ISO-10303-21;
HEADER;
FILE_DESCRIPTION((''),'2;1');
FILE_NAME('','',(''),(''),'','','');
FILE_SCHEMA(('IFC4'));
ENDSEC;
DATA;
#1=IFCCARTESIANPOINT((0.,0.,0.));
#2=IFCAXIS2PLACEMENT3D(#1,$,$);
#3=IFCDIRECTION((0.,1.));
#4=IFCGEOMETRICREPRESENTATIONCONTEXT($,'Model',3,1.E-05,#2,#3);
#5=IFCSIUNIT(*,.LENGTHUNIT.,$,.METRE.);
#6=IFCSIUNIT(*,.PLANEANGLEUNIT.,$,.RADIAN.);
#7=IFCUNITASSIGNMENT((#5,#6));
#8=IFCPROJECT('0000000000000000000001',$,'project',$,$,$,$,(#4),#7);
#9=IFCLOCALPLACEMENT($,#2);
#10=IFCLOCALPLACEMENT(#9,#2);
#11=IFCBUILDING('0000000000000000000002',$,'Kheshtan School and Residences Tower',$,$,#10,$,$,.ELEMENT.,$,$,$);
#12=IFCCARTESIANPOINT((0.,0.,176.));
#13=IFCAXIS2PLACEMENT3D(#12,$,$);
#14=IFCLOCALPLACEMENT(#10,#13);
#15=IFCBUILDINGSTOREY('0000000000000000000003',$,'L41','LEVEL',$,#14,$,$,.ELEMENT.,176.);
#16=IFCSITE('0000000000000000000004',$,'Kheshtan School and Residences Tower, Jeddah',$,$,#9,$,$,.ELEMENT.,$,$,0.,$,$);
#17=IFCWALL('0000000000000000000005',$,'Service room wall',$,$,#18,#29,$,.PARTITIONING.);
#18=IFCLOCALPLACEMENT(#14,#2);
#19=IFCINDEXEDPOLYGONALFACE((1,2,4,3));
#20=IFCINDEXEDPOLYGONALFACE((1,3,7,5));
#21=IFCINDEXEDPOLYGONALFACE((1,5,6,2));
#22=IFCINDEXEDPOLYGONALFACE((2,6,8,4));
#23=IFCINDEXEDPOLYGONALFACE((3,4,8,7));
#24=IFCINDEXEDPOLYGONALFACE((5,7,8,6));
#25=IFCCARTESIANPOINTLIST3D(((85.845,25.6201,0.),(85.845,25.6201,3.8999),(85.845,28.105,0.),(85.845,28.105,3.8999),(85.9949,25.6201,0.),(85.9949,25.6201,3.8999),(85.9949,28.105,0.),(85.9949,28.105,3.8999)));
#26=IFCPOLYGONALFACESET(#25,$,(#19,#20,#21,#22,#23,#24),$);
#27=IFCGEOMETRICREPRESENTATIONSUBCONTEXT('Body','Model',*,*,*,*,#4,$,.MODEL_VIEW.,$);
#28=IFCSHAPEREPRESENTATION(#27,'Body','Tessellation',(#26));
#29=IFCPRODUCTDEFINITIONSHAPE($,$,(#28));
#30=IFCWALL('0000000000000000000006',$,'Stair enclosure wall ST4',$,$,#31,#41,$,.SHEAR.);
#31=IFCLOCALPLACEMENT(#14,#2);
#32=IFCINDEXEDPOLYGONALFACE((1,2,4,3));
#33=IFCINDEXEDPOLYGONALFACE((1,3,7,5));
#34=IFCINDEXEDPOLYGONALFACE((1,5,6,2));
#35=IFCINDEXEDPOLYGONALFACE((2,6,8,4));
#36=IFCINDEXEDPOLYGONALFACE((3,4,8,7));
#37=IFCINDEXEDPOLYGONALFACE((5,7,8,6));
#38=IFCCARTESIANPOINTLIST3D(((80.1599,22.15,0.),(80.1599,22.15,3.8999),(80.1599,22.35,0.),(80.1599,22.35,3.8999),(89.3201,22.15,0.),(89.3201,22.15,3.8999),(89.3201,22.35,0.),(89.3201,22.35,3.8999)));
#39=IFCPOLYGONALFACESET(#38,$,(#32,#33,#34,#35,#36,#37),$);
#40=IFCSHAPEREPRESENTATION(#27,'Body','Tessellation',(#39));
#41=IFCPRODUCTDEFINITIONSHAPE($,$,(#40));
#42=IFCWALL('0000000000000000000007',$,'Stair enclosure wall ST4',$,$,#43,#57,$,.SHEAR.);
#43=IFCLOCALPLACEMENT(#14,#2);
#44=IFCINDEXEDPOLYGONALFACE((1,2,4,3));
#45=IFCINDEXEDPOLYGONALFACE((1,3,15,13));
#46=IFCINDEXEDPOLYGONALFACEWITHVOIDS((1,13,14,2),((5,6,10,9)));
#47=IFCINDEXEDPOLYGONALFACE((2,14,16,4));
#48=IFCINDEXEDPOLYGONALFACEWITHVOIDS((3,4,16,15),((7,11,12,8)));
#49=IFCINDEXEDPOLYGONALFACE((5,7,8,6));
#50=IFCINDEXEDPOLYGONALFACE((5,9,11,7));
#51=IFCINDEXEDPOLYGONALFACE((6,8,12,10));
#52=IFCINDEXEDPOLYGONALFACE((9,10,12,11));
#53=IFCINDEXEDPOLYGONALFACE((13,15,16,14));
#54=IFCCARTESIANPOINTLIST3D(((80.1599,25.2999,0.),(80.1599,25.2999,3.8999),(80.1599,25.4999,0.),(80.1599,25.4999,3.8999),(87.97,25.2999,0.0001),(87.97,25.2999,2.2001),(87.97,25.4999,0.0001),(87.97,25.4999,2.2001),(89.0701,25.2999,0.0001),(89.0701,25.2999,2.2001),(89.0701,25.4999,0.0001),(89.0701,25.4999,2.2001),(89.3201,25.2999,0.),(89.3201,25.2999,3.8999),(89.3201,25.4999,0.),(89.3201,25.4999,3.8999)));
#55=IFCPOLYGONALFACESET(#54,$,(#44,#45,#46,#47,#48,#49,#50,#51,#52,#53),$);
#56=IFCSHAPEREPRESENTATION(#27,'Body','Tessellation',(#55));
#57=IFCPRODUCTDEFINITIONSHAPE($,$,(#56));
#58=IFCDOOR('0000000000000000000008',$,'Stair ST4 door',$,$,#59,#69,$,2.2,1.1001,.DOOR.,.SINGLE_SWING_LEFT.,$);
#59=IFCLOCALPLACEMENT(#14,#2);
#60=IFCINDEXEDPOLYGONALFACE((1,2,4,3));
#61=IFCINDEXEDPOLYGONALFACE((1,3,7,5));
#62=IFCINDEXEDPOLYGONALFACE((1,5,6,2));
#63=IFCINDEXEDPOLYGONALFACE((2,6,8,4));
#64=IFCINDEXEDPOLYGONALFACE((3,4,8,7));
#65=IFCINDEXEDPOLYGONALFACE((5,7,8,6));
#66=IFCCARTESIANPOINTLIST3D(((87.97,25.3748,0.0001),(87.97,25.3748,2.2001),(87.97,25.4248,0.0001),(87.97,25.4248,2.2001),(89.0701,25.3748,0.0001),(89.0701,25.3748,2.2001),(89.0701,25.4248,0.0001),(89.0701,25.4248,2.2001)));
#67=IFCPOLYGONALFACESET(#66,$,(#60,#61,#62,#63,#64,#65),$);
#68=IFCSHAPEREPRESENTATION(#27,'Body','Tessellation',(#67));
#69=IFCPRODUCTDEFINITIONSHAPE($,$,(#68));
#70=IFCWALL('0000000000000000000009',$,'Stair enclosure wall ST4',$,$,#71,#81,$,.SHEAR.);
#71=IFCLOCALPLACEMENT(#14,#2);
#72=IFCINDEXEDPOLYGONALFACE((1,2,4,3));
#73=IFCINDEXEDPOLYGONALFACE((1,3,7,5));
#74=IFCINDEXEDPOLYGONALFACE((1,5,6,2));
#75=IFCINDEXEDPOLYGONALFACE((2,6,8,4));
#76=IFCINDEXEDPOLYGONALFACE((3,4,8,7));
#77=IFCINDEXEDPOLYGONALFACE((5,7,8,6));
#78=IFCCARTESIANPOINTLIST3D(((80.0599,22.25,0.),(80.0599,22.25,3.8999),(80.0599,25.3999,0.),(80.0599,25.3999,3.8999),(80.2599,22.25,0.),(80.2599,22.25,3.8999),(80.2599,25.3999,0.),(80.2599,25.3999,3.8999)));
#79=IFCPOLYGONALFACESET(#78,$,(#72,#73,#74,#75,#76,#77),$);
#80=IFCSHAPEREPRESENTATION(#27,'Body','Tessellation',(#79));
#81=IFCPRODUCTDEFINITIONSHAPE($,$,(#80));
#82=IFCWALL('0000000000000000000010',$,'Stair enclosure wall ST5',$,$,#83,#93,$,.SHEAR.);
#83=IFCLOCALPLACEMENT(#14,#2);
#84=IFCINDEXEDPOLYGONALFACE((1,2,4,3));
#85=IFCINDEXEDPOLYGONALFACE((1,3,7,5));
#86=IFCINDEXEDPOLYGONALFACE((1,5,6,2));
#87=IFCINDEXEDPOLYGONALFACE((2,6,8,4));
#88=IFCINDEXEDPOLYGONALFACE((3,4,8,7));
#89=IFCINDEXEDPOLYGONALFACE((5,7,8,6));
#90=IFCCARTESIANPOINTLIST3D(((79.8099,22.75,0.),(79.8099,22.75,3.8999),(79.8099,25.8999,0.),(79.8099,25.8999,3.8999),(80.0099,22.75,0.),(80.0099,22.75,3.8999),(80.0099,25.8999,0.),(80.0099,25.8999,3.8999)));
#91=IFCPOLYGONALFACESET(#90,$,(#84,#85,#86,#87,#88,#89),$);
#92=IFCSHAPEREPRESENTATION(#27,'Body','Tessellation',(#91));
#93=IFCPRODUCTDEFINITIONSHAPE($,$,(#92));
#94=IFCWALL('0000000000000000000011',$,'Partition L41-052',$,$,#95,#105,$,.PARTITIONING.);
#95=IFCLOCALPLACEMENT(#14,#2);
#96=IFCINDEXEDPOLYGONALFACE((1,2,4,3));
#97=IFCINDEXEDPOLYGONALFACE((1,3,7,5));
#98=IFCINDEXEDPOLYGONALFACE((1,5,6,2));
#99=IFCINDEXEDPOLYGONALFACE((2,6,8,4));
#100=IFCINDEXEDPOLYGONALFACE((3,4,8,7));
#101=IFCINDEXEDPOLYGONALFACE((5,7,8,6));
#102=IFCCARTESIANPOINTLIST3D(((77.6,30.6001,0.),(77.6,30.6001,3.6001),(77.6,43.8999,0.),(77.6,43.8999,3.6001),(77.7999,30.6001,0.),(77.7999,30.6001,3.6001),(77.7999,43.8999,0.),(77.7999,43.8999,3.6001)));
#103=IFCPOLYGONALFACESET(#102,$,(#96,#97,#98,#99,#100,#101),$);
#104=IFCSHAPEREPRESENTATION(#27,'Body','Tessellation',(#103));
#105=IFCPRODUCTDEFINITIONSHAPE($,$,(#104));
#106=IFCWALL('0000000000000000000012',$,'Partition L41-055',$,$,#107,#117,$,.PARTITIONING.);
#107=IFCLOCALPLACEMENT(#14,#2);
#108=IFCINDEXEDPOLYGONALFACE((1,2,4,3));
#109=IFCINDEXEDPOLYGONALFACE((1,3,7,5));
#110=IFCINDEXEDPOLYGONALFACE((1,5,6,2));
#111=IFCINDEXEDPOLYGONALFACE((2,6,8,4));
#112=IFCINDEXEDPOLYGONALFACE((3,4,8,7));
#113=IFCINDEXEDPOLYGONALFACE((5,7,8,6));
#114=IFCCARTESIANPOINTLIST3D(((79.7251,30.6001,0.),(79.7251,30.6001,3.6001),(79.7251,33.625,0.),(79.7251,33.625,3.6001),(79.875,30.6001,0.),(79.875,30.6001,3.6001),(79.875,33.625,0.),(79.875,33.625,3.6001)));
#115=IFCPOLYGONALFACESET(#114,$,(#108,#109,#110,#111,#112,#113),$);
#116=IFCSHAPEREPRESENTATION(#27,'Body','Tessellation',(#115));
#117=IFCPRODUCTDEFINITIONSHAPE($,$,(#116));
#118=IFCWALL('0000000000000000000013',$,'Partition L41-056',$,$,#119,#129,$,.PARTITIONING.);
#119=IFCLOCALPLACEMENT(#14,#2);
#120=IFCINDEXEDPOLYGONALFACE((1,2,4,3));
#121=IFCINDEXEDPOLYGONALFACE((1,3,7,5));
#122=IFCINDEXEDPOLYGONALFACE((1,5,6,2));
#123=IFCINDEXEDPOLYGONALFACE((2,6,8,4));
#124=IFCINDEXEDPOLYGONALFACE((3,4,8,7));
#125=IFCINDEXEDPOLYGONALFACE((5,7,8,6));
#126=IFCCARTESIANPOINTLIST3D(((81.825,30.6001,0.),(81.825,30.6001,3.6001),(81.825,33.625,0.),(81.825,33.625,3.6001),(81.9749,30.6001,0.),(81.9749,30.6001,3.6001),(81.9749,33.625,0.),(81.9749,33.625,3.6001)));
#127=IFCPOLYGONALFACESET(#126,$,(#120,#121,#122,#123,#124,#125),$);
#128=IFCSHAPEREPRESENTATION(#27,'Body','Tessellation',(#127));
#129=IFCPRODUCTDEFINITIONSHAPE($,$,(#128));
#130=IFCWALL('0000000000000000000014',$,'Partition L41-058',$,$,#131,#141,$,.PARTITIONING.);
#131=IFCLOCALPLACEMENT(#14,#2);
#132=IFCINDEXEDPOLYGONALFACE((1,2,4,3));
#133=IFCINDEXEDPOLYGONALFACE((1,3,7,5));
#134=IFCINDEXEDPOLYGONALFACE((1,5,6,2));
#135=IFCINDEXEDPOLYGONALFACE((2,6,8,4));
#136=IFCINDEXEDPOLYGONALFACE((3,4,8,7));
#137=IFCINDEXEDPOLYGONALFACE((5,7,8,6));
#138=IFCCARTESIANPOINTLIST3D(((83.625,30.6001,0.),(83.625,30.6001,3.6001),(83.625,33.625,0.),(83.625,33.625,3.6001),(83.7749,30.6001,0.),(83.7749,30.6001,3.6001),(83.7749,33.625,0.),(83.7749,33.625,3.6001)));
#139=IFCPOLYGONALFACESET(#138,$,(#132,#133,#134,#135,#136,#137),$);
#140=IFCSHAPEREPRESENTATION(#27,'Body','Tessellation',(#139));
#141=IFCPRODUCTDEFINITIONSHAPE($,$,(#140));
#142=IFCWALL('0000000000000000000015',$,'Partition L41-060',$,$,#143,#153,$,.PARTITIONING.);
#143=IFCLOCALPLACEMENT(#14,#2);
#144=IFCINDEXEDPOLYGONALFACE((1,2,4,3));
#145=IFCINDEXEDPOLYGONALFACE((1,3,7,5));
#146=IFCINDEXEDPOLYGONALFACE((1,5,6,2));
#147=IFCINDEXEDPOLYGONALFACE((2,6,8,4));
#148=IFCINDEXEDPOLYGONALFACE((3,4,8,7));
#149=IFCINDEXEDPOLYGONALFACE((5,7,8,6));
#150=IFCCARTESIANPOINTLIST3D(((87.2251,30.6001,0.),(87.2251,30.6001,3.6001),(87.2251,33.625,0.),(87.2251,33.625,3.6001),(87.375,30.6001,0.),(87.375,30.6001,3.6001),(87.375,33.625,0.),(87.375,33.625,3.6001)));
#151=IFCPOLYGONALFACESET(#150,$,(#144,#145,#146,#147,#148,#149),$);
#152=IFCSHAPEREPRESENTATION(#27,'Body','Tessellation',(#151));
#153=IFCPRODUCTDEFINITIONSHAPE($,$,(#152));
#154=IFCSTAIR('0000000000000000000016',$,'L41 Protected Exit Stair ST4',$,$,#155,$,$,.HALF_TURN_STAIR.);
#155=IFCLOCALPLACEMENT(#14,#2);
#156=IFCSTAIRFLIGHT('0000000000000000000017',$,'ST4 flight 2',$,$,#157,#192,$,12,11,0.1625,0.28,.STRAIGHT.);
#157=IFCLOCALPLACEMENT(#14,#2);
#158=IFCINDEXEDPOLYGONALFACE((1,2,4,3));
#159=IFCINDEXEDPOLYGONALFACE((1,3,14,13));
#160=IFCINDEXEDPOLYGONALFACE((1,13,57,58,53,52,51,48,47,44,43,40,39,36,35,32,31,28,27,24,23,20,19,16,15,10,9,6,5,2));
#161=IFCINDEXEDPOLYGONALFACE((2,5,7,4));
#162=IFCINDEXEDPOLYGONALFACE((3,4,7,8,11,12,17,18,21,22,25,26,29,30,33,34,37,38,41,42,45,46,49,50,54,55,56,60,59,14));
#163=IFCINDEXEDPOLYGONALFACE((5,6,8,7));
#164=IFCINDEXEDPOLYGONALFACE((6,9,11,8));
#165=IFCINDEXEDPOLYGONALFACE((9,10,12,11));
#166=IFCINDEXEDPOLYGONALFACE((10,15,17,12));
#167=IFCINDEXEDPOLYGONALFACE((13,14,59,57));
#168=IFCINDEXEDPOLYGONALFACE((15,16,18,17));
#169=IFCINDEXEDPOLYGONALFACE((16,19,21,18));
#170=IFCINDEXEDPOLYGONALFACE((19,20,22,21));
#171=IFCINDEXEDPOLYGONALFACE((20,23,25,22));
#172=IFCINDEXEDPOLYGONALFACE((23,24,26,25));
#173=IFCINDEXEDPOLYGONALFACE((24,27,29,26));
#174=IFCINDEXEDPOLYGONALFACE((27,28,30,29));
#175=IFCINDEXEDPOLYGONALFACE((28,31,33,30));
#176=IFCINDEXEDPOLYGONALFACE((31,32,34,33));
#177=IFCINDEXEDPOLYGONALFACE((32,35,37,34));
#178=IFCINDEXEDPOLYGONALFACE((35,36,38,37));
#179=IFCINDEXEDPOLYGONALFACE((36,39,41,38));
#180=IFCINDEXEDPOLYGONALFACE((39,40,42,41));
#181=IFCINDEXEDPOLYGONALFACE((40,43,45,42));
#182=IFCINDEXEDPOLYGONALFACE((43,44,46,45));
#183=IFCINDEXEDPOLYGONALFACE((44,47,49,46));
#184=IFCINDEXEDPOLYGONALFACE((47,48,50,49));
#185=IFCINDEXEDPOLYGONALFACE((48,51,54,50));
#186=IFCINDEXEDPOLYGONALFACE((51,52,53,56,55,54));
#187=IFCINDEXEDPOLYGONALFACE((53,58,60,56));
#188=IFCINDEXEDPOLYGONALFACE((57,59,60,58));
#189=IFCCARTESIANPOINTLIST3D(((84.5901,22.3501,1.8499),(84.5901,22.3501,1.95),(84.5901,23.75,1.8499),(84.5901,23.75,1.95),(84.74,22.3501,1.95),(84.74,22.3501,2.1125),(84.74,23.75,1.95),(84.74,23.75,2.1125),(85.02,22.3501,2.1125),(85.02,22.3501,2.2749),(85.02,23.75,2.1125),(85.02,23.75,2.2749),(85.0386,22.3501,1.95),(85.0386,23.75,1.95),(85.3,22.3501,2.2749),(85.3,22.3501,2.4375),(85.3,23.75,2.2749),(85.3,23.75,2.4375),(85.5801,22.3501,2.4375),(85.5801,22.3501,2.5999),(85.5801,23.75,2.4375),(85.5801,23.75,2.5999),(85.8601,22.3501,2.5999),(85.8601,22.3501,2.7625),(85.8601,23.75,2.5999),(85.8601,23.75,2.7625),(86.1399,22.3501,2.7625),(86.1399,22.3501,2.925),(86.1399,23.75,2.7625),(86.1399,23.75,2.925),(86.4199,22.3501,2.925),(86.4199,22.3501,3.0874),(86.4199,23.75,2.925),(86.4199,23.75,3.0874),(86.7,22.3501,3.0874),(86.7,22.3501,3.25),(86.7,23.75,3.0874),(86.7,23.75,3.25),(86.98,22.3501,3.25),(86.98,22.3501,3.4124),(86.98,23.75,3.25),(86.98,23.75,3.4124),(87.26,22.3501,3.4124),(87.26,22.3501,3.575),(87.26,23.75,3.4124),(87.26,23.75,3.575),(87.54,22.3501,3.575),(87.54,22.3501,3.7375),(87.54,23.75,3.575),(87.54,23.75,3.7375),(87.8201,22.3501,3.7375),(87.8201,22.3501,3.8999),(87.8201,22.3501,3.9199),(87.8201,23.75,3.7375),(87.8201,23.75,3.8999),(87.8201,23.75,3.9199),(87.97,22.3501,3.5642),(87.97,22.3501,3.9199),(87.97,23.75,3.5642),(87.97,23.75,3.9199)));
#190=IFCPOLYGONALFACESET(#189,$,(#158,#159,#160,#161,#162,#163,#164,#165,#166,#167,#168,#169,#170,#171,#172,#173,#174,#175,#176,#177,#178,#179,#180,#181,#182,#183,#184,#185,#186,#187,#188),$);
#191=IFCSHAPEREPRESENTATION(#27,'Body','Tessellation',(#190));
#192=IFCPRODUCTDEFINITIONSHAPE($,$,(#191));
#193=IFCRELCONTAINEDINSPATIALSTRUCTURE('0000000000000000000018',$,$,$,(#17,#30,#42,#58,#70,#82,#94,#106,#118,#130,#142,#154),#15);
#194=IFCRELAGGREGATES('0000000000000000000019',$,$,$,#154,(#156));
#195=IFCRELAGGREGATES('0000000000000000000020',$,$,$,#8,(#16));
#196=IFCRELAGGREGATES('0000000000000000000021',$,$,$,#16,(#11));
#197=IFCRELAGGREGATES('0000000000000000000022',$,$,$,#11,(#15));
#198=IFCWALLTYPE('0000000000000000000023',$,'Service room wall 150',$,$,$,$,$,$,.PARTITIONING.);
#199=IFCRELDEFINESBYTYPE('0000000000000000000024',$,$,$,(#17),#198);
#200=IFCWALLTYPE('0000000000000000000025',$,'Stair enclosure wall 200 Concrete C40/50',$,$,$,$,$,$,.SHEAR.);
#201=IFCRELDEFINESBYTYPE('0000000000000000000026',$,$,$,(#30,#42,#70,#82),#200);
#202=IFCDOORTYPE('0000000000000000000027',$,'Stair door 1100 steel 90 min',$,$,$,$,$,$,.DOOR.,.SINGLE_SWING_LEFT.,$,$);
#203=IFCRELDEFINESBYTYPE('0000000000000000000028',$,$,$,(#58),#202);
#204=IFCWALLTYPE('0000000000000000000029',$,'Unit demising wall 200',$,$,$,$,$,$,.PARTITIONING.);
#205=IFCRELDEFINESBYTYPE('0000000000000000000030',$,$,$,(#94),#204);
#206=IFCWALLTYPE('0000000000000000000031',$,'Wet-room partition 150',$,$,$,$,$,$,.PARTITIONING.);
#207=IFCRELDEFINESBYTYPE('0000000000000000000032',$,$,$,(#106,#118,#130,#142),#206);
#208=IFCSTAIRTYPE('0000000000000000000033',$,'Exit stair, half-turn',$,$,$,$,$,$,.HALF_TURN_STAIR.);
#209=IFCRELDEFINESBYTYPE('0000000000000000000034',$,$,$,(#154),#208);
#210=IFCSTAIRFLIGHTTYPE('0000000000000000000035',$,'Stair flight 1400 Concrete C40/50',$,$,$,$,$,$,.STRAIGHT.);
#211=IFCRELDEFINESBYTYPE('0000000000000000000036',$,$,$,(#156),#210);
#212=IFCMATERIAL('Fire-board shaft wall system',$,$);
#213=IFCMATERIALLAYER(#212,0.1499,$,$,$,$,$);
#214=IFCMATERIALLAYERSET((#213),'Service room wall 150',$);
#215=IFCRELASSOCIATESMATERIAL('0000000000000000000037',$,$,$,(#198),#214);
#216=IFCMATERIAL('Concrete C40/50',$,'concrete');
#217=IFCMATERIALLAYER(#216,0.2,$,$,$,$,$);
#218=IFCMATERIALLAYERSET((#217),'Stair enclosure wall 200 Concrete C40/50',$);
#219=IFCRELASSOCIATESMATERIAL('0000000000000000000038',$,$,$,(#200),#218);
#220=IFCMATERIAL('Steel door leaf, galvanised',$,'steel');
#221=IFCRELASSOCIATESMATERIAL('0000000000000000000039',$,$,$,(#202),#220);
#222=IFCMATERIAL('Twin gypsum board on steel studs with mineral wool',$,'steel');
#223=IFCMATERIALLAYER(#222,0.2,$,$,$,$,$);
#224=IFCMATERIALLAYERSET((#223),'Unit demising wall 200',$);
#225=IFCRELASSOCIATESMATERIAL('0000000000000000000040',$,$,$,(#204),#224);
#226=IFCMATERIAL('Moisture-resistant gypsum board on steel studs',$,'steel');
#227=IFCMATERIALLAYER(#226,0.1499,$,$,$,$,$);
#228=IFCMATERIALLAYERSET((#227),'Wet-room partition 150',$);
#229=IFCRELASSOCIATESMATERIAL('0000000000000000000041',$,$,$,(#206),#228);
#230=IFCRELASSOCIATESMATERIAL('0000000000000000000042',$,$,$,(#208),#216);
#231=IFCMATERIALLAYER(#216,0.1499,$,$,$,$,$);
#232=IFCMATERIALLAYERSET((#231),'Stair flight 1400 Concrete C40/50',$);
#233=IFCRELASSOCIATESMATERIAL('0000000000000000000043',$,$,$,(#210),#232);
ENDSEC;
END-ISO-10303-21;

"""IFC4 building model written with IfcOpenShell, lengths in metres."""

from ifc_helpers import new_model, si_unit, direction, frame, frame_2d, origin, place, context, subcontext, project, spatial, polyline, rectangle, outline, extrude, source, transform, mapped, material, layer, layer_set, type_object, element, fill, aggregate, save


model = new_model("IFC4")

# Units and contexts
model_context = context("Model", 3, precision=1e-05, world=origin(), true_north=direction((0.0, 1.0)))
body_context = subcontext(model_context, "Body", "Model", "MODEL_VIEW")
ifc_project = project(units=[si_unit("LENGTHUNIT", "METRE"), si_unit("PLANEANGLEUNIT", "RADIAN")], contexts=[model_context])

# Site, building, storey
site_placement = place(None, origin())
site = spatial("IfcSite", under=ifc_project, at=site_placement, Name="Kheshtan School and Residences Tower, Jeddah", CompositionType="ELEMENT", RefElevation=0.0)
building_placement = place(site_placement, origin())
building = spatial("IfcBuilding", under=site, at=building_placement, Name="Kheshtan School and Residences Tower", CompositionType="ELEMENT")
storey_placement = place(building_placement, frame((0.0, 0.0, 176.0)))
storey = spatial("IfcBuildingStorey", under=building, at=storey_placement, Name="L41", Description="LEVEL", CompositionType="ELEMENT", Elevation=176.0)

# Shared definitions
ifc_material_1 = material(Name="Fire-board shaft wall system")
ifc_layer_1 = layer(ifc_material_1, 0.1499)
ifc_layer_set_1 = layer_set([ifc_layer_1], Name="Service room wall 150")
wall_type_1 = type_object("IfcWallType", Name="Service room wall 150", PredefinedType="PARTITIONING", material=ifc_layer_set_1)
ifc_material_2 = material(Name="Steel door leaf, galvanised", Category="steel")

# Walls
wall_1_placement = place(storey_placement, frame((85.9199, 25.6201, 0.0), z_axis=(0.0, 0.0, 1.0), x_axis=(0.0, 1.0, 0.0)))
element("IfcWall", 1, at=wall_1_placement, inside=storey, type_object=wall_type_1, Name="Service room wall", PredefinedType="PARTITIONING", context=body_context, shape_type="SweptSolid", body=[
    extrude(rectangle(XDim=2.4849, YDim=0.1499, at=frame_2d((1.2424, 0.0))), origin(), (0.0, 0.0, 1.0), 3.8999),
])
ifc_material_3 = material(Name="Concrete C40/50", Category="concrete")
ifc_layer_2 = layer(ifc_material_3, 0.2)
ifc_layer_set_2 = layer_set([ifc_layer_2], Name="Stair enclosure wall 200 Concrete C40/50")
wall_type_2 = type_object("IfcWallType", Name="Stair enclosure wall 200 Concrete C40/50", PredefinedType="SHEAR", material=ifc_layer_set_2)
wall_2_placement = place(storey_placement, frame((80.1599, 22.25, 0.0), z_axis=(0.0, 0.0, 1.0), x_axis=(1.0, 0.0, 0.0)))
element("IfcWall", 2, at=wall_2_placement, inside=storey, type_object=wall_type_2, Name="Stair enclosure wall ST4", PredefinedType="SHEAR", context=body_context, shape_type="SweptSolid", body=[
    extrude(rectangle(XDim=9.1602, YDim=0.2, at=frame_2d((4.5801, 0.0))), origin(), (0.0, 0.0, 1.0), 3.8999),
])

# Wall, opening, door
wall_3_placement = place(storey_placement, frame((80.1599, 25.3999, 0.0), z_axis=(0.0, 0.0, 1.0), x_axis=(1.0, 0.0, 0.0)))
wall_3 = element("IfcWall", 3, at=wall_3_placement, inside=storey, type_object=wall_type_2, Name="Stair enclosure wall ST4", PredefinedType="SHEAR", context=body_context, shape_type="SweptSolid", body=[
    extrude(rectangle(XDim=9.1602, YDim=0.2, at=frame_2d((4.5801, 0.0))), origin(), (0.0, 0.0, 1.0), 3.8999),
])
opening_1_placement = place(wall_3_placement, frame((7.8101, 0.0, 0.0)))
opening_1 = element("IfcOpeningElement", 4, at=opening_1_placement, cuts=wall_3, PredefinedType="OPENING", context=body_context, shape_type="SweptSolid", body=[
    extrude(rectangle(XDim=1.1001, YDim=2.2, at=frame_2d((0.55, 1.1001))), frame((0.0, 0.1099, 0.0), z_axis=(0.0, -1.0, 0.0), x_axis=(1.0, 0.0, 0.0)), (0.0, 0.0, 1.0), 0.22),
])
door_type_1 = type_object("IfcDoorType", Name="Stair door 1100 steel 90 min", OperationType="SINGLE_SWING_LEFT", PredefinedType="DOOR", material=ifc_material_2)
shared_shape_1 = source(origin(), body_context, "Body", "SweptSolid", [
    extrude(rectangle(XDim=1.1001, YDim=2.2, at=frame_2d((0.55, 1.1001))), frame((0.0, 0.0249, 0.0), z_axis=(0.0, -1.0, 0.0), x_axis=(1.0, 0.0, 0.0)), (0.0, 0.0, 1.0), 0.05),
])
door_1_placement = place(opening_1_placement, origin())
door_1 = element("IfcDoor", 5, at=door_1_placement, inside=storey, type_object=door_type_1, Name="Stair ST4 door", OperationType="SINGLE_SWING_LEFT", OverallHeight=2.2, OverallWidth=1.1001, PredefinedType="DOOR", context=body_context, shape_type="MappedRepresentation", body=[
    mapped(shared_shape_1, transform((0.0, 0.0, 0.0), x_axis=(1.0, 0.0, 0.0), y_axis=(0.0, 1.0, 0.0), z_axis=(0.0, 0.0, 1.0), scale=1.0)),
])
fill(opening_1, door_1)

# Walls
for number, where, z_axis, x_axis, name in (
    (6, (80.1599, 22.25, 0.0), (0.0, 0.0, 1.0), (0.0, 1.0, 0.0), "Stair enclosure wall ST4"),
    (7, (79.9099, 22.75, 0.0), (0.0, 0.0, 1.0), (0.0, 1.0, 0.0), "Stair enclosure wall ST5"),
):
    element("IfcWall", number, at=place(storey_placement, frame(where, z_axis=z_axis, x_axis=x_axis)), inside=storey, type_object=wall_type_2, Name=name, PredefinedType="SHEAR", context=body_context, shape_type="SweptSolid", body=[
        extrude(rectangle(XDim=3.1499, YDim=0.2, at=frame_2d((1.575, 0.0))), origin(), (0.0, 0.0, 1.0), 3.8999),
    ])
ifc_material_4 = material(Name="Twin gypsum board on steel studs with mineral wool", Category="steel")
ifc_layer_3 = layer(ifc_material_4, 0.2)
ifc_layer_set_3 = layer_set([ifc_layer_3], Name="Unit demising wall 200")
wall_type_3 = type_object("IfcWallType", Name="Unit demising wall 200", PredefinedType="PARTITIONING", material=ifc_layer_set_3)
wall_4_placement = place(storey_placement, frame((77.7, 30.6001, 0.0), z_axis=(0.0, 0.0, 1.0), x_axis=(0.0, 1.0, 0.0)))
element("IfcWall", 8, at=wall_4_placement, inside=storey, type_object=wall_type_3, Name="Partition L41-052", PredefinedType="PARTITIONING", context=body_context, shape_type="SweptSolid", body=[
    extrude(rectangle(XDim=13.2998, YDim=0.2, at=frame_2d((6.6499, 0.0))), origin(), (0.0, 0.0, 1.0), 3.6001),
])
ifc_material_5 = material(Name="Moisture-resistant gypsum board on steel studs", Category="steel")
ifc_layer_4 = layer(ifc_material_5, 0.1499)
ifc_layer_set_4 = layer_set([ifc_layer_4], Name="Wet-room partition 150")
wall_type_4 = type_object("IfcWallType", Name="Wet-room partition 150", PredefinedType="PARTITIONING", material=ifc_layer_set_4)
for number, where, z_axis, x_axis, name in (
    (9, (79.8, 30.6001, 0.0), (0.0, 0.0, 1.0), (0.0, 1.0, 0.0), "Partition L41-055"),
    (10, (81.8999, 30.6001, 0.0), (0.0, 0.0, 1.0), (0.0, 1.0, 0.0), "Partition L41-056"),
    (11, (83.7, 30.6001, 0.0), (0.0, 0.0, 1.0), (0.0, 1.0, 0.0), "Partition L41-058"),
    (12, (87.3, 30.6001, 0.0), (0.0, 0.0, 1.0), (0.0, 1.0, 0.0), "Partition L41-060"),
):
    element("IfcWall", number, at=place(storey_placement, frame(where, z_axis=z_axis, x_axis=x_axis)), inside=storey, type_object=wall_type_4, Name=name, PredefinedType="PARTITIONING", context=body_context, shape_type="SweptSolid", body=[
        extrude(rectangle(XDim=3.0249, YDim=0.1499, at=frame_2d((1.5125, 0.0))), origin(), (0.0, 0.0, 1.0), 3.6001),
    ])

# Stair, stair flight
stair_type = type_object("IfcStairType", Name="Exit stair, half-turn", PredefinedType="HALF_TURN_STAIR", material=ifc_material_3)
stair_1_placement = place(storey_placement, origin())
stair_1 = element("IfcStair", 13, at=stair_1_placement, inside=storey, type_object=stair_type, Name="L41 Protected Exit Stair ST4", PredefinedType="HALF_TURN_STAIR")
ifc_layer_5 = layer(ifc_material_3, 0.1499)
ifc_layer_set_5 = layer_set([ifc_layer_5], Name="Stair flight 1400 Concrete C40/50")
stair_flight_type = type_object("IfcStairFlightType", Name="Stair flight 1400 Concrete C40/50", PredefinedType="STRAIGHT", material=ifc_layer_set_5)
stair_flight_1_placement = place(storey_placement, frame((84.74, 23.05, 1.95), z_axis=(0.0, 0.0, 1.0), x_axis=(1.0, 0.0, 0.0)))
stair_flight_1 = element("IfcStairFlight", 14, at=stair_flight_1_placement, type_object=stair_flight_type, Name="ST4 flight 2", NumberOfRisers=12, NumberOfTreads=11, PredefinedType="STRAIGHT", RiserHeight=0.1625, TreadLength=0.28, context=body_context, shape_type="SweptSolid", body=[
    extrude(outline(polyline([(-0.1499, -0.1001), (-0.1499, 0.0), (0.0, 0.0), (0.0, 0.1626), (0.28, 0.1626), (0.28, 0.325), (0.5601, 0.325), (0.5601, 0.4875), (0.8401, 0.4875), (0.8401, 0.6499), (1.1201, 0.6499), (1.1201, 0.8125), (1.3999, 0.8125), (1.3999, 0.9751), (1.6799, 0.9751), (1.6799, 1.1375), (1.96, 1.1375), (1.96, 1.3), (2.24, 1.3), (2.24, 1.4624), (2.52, 1.4624), (2.52, 1.625), (2.8, 1.625), (2.8, 1.7876), (3.0801, 1.7876), (3.0801, 1.95), (3.0801, 1.97), (3.23, 1.97), (3.23, 1.6143), (0.2986, 0.0), (-0.1499, -0.1001)])), frame((0.0, 0.7, 0.0), z_axis=(0.0, -1.0, 0.0), x_axis=(1.0, 0.0, 0.0)), (0.0, 0.0, 1.0), 1.3999),
])
aggregate(stair_1, [stair_flight_1])

save(model, "model.ifc")
